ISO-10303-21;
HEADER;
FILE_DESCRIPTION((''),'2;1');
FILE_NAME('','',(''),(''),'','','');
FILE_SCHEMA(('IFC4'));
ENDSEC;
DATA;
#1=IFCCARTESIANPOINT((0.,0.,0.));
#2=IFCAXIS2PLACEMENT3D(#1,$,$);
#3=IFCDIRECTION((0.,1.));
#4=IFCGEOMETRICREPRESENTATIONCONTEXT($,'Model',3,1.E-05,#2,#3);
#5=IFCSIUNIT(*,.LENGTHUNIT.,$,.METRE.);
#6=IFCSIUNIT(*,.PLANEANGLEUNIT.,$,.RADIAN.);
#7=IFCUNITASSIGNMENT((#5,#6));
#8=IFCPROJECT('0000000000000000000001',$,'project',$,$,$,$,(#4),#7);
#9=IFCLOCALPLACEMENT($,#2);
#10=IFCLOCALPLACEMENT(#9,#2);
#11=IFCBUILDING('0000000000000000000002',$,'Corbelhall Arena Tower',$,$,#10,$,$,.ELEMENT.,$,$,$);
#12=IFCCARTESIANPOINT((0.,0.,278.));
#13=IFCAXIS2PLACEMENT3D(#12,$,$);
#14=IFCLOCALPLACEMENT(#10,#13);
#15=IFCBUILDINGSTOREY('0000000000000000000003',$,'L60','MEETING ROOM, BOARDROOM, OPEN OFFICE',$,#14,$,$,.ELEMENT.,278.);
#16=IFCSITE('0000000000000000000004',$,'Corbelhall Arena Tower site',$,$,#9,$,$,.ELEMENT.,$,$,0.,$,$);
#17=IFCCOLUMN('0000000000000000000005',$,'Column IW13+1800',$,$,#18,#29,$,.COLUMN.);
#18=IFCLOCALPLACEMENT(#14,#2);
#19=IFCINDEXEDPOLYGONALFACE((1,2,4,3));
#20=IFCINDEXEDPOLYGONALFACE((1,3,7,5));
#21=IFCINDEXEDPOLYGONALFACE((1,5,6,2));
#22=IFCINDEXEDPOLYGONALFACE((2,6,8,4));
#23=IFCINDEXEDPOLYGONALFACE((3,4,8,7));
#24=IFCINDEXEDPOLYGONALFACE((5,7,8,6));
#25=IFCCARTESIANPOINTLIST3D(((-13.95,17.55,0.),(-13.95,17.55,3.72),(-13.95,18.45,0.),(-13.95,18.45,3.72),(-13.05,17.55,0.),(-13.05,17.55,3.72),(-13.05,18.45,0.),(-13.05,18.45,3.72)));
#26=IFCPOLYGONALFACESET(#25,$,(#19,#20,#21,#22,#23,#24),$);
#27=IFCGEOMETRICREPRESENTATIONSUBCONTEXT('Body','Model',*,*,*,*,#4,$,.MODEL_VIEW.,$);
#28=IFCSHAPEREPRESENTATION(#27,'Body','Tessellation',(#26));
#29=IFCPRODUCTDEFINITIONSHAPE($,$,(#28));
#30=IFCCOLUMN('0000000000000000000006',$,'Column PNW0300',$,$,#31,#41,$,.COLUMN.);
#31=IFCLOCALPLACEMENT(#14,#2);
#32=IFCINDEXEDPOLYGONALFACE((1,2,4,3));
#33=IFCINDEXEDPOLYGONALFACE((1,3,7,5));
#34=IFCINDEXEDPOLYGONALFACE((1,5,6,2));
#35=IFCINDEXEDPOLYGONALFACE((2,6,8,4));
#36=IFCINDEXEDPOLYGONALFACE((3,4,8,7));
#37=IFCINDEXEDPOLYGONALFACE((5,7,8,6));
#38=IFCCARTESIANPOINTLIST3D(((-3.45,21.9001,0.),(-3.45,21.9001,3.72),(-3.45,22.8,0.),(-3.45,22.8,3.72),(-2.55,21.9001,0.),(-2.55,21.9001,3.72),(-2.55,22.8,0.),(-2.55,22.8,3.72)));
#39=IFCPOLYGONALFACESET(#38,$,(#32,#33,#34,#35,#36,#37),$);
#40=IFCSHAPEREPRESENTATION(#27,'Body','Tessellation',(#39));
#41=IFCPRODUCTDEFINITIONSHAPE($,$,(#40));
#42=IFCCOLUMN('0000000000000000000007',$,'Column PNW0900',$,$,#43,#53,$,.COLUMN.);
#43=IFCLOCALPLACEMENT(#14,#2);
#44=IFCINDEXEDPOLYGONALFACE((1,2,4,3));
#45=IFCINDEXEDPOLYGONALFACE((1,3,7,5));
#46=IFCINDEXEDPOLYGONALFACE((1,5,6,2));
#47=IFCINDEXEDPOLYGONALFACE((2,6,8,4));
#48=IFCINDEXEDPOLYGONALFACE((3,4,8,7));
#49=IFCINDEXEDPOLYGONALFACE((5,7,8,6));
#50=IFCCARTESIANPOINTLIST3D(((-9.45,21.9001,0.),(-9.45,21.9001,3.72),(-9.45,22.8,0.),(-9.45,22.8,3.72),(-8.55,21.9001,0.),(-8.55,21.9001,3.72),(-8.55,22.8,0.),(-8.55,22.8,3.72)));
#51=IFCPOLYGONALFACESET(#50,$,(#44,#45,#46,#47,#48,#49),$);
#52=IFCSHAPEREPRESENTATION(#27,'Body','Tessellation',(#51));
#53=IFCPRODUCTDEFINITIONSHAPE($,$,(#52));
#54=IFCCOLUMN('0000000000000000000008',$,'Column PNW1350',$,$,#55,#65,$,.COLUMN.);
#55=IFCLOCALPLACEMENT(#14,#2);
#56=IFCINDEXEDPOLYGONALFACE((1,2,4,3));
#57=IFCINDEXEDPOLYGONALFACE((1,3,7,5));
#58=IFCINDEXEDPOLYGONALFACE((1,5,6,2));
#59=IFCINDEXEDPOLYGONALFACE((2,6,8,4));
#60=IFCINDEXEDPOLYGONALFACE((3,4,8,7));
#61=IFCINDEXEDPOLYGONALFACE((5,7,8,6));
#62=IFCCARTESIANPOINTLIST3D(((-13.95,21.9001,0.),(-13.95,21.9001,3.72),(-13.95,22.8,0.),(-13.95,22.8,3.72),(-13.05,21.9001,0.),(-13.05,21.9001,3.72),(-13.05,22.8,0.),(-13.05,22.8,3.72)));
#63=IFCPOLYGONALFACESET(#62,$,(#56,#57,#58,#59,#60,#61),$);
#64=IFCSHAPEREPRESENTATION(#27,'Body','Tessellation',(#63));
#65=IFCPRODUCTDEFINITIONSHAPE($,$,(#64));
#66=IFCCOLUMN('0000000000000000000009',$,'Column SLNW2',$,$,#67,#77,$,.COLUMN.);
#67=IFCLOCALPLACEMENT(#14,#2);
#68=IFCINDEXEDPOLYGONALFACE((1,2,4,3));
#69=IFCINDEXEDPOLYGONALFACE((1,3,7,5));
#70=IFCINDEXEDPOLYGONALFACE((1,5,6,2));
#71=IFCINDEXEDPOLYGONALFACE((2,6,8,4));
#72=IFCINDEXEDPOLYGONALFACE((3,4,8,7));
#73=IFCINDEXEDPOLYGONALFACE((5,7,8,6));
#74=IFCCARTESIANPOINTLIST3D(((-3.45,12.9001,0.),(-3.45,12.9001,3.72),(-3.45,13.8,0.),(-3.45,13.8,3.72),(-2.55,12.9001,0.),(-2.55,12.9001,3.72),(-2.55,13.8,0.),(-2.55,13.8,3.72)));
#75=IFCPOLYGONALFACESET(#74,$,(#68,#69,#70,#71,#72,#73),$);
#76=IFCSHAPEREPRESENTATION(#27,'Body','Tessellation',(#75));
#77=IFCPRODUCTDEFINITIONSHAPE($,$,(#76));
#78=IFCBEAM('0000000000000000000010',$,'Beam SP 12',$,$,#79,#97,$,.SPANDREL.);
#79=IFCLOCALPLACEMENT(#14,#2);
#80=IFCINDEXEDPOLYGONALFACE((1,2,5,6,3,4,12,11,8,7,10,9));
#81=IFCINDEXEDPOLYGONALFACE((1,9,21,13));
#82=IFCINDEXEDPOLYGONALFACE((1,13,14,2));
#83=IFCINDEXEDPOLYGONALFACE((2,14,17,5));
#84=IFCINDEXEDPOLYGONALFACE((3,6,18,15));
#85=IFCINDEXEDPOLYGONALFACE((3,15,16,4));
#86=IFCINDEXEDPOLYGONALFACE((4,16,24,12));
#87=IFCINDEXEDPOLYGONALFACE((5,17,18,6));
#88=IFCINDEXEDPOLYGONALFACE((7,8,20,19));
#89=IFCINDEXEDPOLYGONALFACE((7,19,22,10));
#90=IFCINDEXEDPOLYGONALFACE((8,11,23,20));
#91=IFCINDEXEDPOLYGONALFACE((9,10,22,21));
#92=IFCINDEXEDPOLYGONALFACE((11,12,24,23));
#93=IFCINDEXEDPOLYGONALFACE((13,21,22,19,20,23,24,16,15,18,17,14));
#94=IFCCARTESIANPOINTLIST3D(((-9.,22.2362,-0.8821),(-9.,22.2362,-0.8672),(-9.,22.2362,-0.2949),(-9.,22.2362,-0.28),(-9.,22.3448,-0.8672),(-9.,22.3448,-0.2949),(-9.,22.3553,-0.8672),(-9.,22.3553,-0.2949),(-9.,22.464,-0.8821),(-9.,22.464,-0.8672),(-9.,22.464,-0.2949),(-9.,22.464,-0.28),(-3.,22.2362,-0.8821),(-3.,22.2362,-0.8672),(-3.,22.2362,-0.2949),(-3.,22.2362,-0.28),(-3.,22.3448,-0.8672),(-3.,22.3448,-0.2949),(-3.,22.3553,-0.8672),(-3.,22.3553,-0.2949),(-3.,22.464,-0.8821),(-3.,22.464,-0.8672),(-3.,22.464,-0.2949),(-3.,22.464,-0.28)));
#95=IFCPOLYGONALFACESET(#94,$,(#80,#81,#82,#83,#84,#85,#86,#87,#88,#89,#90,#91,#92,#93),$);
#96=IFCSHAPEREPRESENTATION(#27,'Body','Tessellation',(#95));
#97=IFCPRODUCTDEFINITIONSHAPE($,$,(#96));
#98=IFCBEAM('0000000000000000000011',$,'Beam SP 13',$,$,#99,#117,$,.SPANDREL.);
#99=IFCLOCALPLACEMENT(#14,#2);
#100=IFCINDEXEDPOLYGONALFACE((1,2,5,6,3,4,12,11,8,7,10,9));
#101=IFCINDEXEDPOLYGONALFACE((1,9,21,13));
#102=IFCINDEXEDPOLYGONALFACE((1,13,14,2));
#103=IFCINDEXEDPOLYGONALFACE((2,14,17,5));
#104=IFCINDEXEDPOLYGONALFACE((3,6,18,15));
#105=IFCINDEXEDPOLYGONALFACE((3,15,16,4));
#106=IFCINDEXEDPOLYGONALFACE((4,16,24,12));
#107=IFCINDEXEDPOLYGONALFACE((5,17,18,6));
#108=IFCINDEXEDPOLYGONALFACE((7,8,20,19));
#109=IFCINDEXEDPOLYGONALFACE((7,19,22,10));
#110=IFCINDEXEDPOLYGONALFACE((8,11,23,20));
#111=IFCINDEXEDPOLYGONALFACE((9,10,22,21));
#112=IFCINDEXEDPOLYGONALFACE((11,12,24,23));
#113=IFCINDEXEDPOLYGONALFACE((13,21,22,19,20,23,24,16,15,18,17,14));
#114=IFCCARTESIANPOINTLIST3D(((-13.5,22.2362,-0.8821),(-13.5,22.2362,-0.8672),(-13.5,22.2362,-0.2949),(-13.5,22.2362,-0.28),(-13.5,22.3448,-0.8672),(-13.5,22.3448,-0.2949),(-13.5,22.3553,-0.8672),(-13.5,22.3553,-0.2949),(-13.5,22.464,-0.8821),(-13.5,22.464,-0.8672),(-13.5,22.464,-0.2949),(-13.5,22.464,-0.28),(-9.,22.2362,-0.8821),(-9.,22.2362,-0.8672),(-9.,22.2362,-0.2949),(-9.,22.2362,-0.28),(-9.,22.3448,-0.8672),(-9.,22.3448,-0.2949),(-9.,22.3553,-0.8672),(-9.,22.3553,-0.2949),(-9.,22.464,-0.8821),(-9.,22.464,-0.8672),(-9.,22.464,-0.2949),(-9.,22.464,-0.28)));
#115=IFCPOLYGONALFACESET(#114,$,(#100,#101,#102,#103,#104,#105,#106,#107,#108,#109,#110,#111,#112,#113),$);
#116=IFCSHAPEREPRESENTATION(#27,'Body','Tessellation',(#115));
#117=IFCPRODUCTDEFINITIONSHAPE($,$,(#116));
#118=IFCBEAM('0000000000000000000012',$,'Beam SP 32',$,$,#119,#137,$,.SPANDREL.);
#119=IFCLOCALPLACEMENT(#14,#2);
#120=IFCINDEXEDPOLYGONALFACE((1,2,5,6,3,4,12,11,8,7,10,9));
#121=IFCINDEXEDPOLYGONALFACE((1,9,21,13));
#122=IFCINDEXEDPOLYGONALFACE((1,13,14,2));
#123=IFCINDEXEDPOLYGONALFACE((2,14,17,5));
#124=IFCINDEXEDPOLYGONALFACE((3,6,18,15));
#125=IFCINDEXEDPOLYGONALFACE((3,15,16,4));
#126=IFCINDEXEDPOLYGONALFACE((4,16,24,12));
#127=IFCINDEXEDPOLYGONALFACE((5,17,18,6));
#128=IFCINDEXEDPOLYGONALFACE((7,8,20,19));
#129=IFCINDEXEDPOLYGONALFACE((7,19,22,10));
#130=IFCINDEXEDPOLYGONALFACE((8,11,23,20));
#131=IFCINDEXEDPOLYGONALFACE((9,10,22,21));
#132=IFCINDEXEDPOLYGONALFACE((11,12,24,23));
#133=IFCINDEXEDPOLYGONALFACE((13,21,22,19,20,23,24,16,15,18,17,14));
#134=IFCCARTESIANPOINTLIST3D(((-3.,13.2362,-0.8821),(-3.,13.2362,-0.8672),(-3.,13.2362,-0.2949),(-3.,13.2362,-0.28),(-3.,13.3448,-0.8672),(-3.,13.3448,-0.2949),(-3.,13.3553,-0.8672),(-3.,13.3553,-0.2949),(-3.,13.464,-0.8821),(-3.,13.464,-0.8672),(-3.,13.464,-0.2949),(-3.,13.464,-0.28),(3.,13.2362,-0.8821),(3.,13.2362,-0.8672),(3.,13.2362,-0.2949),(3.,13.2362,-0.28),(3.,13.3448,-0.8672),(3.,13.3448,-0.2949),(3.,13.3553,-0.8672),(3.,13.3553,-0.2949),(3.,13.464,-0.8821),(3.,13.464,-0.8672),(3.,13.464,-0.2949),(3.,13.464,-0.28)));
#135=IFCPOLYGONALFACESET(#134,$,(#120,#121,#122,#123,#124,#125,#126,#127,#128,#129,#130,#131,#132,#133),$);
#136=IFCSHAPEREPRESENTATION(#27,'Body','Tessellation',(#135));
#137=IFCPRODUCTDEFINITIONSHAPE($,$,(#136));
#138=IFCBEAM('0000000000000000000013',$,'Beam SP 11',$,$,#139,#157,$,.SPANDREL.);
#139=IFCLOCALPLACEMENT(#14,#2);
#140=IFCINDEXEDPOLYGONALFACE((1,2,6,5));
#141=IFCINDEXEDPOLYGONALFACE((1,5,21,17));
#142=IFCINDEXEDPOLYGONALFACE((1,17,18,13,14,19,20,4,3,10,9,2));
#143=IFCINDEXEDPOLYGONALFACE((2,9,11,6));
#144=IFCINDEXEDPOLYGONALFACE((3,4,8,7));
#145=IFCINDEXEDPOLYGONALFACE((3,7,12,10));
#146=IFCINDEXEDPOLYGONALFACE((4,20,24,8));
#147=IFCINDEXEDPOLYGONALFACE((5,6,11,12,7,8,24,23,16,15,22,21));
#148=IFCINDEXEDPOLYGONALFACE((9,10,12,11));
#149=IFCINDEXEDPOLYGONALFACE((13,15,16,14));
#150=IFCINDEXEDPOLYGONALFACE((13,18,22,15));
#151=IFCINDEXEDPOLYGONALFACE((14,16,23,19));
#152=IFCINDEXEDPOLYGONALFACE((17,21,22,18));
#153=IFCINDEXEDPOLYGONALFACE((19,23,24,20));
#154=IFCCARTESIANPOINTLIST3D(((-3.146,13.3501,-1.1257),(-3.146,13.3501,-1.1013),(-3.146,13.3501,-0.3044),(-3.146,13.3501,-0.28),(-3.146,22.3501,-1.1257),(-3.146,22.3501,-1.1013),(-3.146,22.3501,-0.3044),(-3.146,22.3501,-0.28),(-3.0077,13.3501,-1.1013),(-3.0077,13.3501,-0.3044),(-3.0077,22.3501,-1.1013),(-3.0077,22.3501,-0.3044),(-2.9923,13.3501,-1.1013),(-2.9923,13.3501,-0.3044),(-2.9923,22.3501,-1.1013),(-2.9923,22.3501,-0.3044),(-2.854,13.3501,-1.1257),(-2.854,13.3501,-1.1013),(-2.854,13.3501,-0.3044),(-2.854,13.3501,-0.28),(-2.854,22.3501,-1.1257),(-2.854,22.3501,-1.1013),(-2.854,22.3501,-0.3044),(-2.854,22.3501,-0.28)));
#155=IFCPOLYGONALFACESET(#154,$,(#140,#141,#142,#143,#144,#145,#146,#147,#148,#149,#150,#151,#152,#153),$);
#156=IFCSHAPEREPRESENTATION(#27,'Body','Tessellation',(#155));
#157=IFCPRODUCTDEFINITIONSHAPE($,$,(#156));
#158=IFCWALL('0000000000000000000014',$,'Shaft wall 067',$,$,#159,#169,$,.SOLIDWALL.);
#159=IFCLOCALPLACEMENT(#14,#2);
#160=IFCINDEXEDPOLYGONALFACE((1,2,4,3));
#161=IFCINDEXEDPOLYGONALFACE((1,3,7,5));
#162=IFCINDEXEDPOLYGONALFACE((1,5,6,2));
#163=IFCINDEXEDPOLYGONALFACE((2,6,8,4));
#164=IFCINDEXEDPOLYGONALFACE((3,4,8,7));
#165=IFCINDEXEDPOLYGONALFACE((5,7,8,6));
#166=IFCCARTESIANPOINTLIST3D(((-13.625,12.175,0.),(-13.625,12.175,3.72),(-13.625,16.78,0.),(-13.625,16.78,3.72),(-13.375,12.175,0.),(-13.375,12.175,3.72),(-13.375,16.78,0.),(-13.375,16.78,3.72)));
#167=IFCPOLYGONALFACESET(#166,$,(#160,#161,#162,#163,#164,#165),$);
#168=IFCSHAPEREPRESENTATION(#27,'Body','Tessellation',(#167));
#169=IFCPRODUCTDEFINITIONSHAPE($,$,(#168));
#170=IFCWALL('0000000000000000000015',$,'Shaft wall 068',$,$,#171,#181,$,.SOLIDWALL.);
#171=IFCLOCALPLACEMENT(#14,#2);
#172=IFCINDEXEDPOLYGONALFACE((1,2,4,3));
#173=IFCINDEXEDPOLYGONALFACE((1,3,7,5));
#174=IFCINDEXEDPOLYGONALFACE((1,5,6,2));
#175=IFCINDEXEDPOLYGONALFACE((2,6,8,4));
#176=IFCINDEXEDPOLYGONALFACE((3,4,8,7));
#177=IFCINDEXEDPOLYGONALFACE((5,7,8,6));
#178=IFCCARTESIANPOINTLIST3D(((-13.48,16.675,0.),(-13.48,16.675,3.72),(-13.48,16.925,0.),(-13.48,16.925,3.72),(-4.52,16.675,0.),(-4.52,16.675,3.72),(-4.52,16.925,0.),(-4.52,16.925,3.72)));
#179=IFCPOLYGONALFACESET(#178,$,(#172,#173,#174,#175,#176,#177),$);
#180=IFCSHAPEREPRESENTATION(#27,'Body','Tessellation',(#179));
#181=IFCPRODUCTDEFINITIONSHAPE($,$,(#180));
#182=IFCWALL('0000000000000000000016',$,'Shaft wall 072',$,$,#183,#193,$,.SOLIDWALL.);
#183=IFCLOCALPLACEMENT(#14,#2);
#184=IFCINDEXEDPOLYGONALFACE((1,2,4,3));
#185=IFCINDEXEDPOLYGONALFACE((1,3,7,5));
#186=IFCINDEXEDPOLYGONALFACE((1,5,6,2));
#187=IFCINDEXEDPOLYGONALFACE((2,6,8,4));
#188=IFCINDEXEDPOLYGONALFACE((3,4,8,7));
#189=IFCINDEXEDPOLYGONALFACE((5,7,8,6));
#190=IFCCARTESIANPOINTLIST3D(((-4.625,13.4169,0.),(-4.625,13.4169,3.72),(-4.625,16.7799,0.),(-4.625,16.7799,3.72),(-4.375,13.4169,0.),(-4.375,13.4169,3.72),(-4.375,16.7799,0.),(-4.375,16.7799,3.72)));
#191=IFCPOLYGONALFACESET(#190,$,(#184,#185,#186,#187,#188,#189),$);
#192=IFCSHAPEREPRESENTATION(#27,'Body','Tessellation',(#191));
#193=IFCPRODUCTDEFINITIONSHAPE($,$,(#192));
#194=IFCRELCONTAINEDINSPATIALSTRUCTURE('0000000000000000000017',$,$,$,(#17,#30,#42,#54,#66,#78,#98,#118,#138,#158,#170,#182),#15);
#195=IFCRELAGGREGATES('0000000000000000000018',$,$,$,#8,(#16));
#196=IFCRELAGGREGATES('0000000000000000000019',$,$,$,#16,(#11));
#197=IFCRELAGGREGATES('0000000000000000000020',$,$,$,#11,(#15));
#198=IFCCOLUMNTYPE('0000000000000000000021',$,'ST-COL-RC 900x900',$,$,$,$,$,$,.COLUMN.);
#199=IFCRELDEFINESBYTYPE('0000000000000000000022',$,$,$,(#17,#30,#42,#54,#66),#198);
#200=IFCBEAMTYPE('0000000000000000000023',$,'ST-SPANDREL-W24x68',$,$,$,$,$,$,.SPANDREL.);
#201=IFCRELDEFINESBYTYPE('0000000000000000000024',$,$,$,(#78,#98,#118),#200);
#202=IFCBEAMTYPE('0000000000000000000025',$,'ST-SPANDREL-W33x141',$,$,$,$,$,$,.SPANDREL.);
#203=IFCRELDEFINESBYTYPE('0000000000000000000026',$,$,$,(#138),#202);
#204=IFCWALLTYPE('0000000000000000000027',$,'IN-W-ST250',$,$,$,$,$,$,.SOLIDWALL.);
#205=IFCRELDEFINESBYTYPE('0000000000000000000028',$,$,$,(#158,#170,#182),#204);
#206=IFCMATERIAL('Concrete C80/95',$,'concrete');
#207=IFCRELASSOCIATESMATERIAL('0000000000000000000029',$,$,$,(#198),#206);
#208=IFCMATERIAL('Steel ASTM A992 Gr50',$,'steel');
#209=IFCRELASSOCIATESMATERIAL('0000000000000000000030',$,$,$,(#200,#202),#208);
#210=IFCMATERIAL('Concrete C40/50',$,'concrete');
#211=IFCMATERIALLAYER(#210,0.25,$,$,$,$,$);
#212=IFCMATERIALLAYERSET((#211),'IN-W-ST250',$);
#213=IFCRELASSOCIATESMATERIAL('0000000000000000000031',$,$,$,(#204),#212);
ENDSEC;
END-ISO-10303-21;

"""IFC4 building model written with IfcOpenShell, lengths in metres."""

from ifc_helpers import new_model, si_unit, direction, frame, frame_2d, origin, origin_2d, place, context, subcontext, project, spatial, rectangle, i_section, extrude, material, layer, layer_set, material_profile, profile_set, type_object, element, save


model = new_model("IFC4")

# Units and contexts
model_context = context("Model", 3, precision=1e-05, world=origin(), true_north=direction((0.0, 1.0)))
body_context = subcontext(model_context, "Body", "Model", "MODEL_VIEW")
ifc_project = project(units=[si_unit("LENGTHUNIT", "METRE"), si_unit("PLANEANGLEUNIT", "RADIAN")], contexts=[model_context])

# Site, building, storey
site_placement = place(None, origin())
site = spatial("IfcSite", under=ifc_project, at=site_placement, Name="Corbelhall Arena Tower site", CompositionType="ELEMENT", RefElevation=0.0)
building_placement = place(site_placement, origin())
building = spatial("IfcBuilding", under=site, at=building_placement, Name="Corbelhall Arena Tower", CompositionType="ELEMENT")
storey_placement = place(building_placement, frame((0.0, 0.0, 278.0)))
storey = spatial("IfcBuildingStorey", under=building, at=storey_placement, Name="L60", Description="MEETING ROOM, BOARDROOM, OPEN OFFICE", CompositionType="ELEMENT", Elevation=278.0)

# Columns
ifc_material_1 = material(Name="Concrete C80/95", Category="concrete")
ifc_material_profile_1 = material_profile(ifc_material_1, rectangle(XDim=0.8999, YDim=0.8999, at=origin_2d()))
ifc_profile_set_1 = profile_set([ifc_material_profile_1], Name="Concrete C80/95")
column_type = type_object("IfcColumnType", Name="ST-COL-RC 900x900", PredefinedType="COLUMN", material=ifc_profile_set_1)
for number, where, z_axis, x_axis, name in (
    (1, (-13.5, 18.0, 0.0), (0.0, 0.0, 1.0), (1.0, 0.0, 0.0), "Column IW13+1800"),
    (2, (-3.0, 22.3501, 0.0), (0.0, 0.0, 1.0), (1.0, 0.0, 0.0), "Column PNW0300"),
    (3, (-9.0, 22.3501, 0.0), (0.0, 0.0, 1.0), (1.0, 0.0, 0.0), "Column PNW0900"),
    (4, (-13.5, 22.3501, 0.0), (0.0, 0.0, 1.0), (1.0, 0.0, 0.0), "Column PNW1350"),
    (5, (-3.0, 13.3501, 0.0), (0.0, 0.0, 1.0), (1.0, 0.0, 0.0), "Column SLNW2"),
):
    element("IfcColumn", number, at=place(storey_placement, frame(where, z_axis=z_axis, x_axis=x_axis)), inside=storey, type_object=column_type, Name=name, PredefinedType="COLUMN", context=body_context, shape_type="SweptSolid", body=[
        extrude(rectangle(XDim=0.8999, YDim=0.8999, at=origin_2d()), origin(), (0.0, 0.0, 1.0), 3.72),
    ])

# Beams
ifc_material_2 = material(Name="Steel ASTM A992 Gr50", Category="steel")
ifc_material_profile_2 = material_profile(ifc_material_2, i_section(OverallWidth=0.2278, OverallDepth=0.6021, WebThickness=0.0105, FlangeThickness=0.0149, at=origin_2d()))
ifc_profile_set_2 = profile_set([ifc_material_profile_2], Name="Steel ASTM A992 Gr50")
beam_type_1 = type_object("IfcBeamType", Name="ST-SPANDREL-W24x68", PredefinedType="SPANDREL", material=ifc_profile_set_2)
beam_1_placement = place(storey_placement, frame((-9.0, 22.3501, -0.5811), z_axis=(1.0, 0.0, 0.0), x_axis=(0.0, 1.0, 0.0)))
element("IfcBeam", 6, at=beam_1_placement, inside=storey, type_object=beam_type_1, Name="Beam SP 12", PredefinedType="SPANDREL", context=body_context, shape_type="SweptSolid", body=[
    extrude(i_section(OverallWidth=0.2278, OverallDepth=0.6021, WebThickness=0.0105, FlangeThickness=0.0149, at=origin_2d()), origin(), (0.0, 0.0, 1.0), 6.0),
])
beam_2_placement = place(storey_placement, frame((-13.5, 22.3501, -0.5811), z_axis=(1.0, 0.0, 0.0), x_axis=(0.0, 1.0, 0.0)))
element("IfcBeam", 7, at=beam_2_placement, inside=storey, type_object=beam_type_1, Name="Beam SP 13", PredefinedType="SPANDREL", context=body_context, shape_type="SweptSolid", body=[
    extrude(i_section(OverallWidth=0.2278, OverallDepth=0.6021, WebThickness=0.0105, FlangeThickness=0.0149, at=origin_2d()), origin(), (0.0, 0.0, 1.0), 4.5),
])
beam_3_placement = place(storey_placement, frame((-3.0, 13.3501, -0.5811), z_axis=(1.0, 0.0, 0.0), x_axis=(0.0, 1.0, 0.0)))
element("IfcBeam", 8, at=beam_3_placement, inside=storey, type_object=beam_type_1, Name="Beam SP 32", PredefinedType="SPANDREL", context=body_context, shape_type="SweptSolid", body=[
    extrude(i_section(OverallWidth=0.2278, OverallDepth=0.6021, WebThickness=0.0105, FlangeThickness=0.0149, at=origin_2d()), origin(), (0.0, 0.0, 1.0), 6.0),
])
ifc_material_profile_3 = material_profile(ifc_material_2, i_section(OverallWidth=0.292, OverallDepth=0.8457, WebThickness=0.0154, FlangeThickness=0.0244, at=origin_2d()))
ifc_profile_set_3 = profile_set([ifc_material_profile_3], Name="Steel ASTM A992 Gr50")
beam_type_2 = type_object("IfcBeamType", Name="ST-SPANDREL-W33x141", PredefinedType="SPANDREL", material=ifc_profile_set_3)
beam_4_placement = place(storey_placement, frame((-3.0, 22.3501, -0.7029), z_axis=(0.0, -1.0, 0.0), x_axis=(1.0, 0.0, 0.0)))
element("IfcBeam", 9, at=beam_4_placement, inside=storey, type_object=beam_type_2, Name="Beam SP 11", PredefinedType="SPANDREL", context=body_context, shape_type="SweptSolid", body=[
    extrude(i_section(OverallWidth=0.292, OverallDepth=0.8457, WebThickness=0.0154, FlangeThickness=0.0244, at=origin_2d()), origin(), (0.0, 0.0, 1.0), 9.0),
])

# Walls
ifc_material_3 = material(Name="Concrete C40/50", Category="concrete")
ifc_layer_1 = layer(ifc_material_3, 0.25)
ifc_layer_set_1 = layer_set([ifc_layer_1], Name="IN-W-ST250")
wall_type_1 = type_object("IfcWallType", Name="IN-W-ST250", PredefinedType="SOLIDWALL", material=ifc_layer_set_1)
wall_1_placement = place(storey_placement, frame((-13.5, 16.78, 0.0), z_axis=(0.0, 0.0, 1.0), x_axis=(0.0, -1.0, 0.0)))
element("IfcWall", 10, at=wall_1_placement, inside=storey, type_object=wall_type_1, Name="Shaft wall 067", PredefinedType="SOLIDWALL", context=body_context, shape_type="SweptSolid", body=[
    extrude(rectangle(XDim=4.605, YDim=0.25, at=frame_2d((2.3025, 0.0))), origin(), (0.0, 0.0, 1.0), 3.72),
])
wall_2_placement = place(storey_placement, frame((-13.48, 16.8, 0.0), z_axis=(0.0, 0.0, 1.0), x_axis=(1.0, 0.0, 0.0)))
element("IfcWall", 11, at=wall_2_placement, inside=storey, type_object=wall_type_1, Name="Shaft wall 068", PredefinedType="SOLIDWALL", context=body_context, shape_type="SweptSolid", body=[
    extrude(rectangle(XDim=8.96, YDim=0.25, at=frame_2d((4.48, 0.0))), origin(), (0.0, 0.0, 1.0), 3.72),
])
wall_3_placement = place(storey_placement, frame((-4.5, 16.78, 0.0), z_axis=(0.0, 0.0, 1.0), x_axis=(0.0, -1.0, 0.0)))
element("IfcWall", 12, at=wall_3_placement, inside=storey, type_object=wall_type_1, Name="Shaft wall 072", PredefinedType="SOLIDWALL", context=body_context, shape_type="SweptSolid", body=[
    extrude(rectangle(XDim=3.363, YDim=0.25, at=frame_2d((1.6816, 0.0))), origin(), (0.0, 0.0, 1.0), 3.72),
])

save(model, "model.ifc")
